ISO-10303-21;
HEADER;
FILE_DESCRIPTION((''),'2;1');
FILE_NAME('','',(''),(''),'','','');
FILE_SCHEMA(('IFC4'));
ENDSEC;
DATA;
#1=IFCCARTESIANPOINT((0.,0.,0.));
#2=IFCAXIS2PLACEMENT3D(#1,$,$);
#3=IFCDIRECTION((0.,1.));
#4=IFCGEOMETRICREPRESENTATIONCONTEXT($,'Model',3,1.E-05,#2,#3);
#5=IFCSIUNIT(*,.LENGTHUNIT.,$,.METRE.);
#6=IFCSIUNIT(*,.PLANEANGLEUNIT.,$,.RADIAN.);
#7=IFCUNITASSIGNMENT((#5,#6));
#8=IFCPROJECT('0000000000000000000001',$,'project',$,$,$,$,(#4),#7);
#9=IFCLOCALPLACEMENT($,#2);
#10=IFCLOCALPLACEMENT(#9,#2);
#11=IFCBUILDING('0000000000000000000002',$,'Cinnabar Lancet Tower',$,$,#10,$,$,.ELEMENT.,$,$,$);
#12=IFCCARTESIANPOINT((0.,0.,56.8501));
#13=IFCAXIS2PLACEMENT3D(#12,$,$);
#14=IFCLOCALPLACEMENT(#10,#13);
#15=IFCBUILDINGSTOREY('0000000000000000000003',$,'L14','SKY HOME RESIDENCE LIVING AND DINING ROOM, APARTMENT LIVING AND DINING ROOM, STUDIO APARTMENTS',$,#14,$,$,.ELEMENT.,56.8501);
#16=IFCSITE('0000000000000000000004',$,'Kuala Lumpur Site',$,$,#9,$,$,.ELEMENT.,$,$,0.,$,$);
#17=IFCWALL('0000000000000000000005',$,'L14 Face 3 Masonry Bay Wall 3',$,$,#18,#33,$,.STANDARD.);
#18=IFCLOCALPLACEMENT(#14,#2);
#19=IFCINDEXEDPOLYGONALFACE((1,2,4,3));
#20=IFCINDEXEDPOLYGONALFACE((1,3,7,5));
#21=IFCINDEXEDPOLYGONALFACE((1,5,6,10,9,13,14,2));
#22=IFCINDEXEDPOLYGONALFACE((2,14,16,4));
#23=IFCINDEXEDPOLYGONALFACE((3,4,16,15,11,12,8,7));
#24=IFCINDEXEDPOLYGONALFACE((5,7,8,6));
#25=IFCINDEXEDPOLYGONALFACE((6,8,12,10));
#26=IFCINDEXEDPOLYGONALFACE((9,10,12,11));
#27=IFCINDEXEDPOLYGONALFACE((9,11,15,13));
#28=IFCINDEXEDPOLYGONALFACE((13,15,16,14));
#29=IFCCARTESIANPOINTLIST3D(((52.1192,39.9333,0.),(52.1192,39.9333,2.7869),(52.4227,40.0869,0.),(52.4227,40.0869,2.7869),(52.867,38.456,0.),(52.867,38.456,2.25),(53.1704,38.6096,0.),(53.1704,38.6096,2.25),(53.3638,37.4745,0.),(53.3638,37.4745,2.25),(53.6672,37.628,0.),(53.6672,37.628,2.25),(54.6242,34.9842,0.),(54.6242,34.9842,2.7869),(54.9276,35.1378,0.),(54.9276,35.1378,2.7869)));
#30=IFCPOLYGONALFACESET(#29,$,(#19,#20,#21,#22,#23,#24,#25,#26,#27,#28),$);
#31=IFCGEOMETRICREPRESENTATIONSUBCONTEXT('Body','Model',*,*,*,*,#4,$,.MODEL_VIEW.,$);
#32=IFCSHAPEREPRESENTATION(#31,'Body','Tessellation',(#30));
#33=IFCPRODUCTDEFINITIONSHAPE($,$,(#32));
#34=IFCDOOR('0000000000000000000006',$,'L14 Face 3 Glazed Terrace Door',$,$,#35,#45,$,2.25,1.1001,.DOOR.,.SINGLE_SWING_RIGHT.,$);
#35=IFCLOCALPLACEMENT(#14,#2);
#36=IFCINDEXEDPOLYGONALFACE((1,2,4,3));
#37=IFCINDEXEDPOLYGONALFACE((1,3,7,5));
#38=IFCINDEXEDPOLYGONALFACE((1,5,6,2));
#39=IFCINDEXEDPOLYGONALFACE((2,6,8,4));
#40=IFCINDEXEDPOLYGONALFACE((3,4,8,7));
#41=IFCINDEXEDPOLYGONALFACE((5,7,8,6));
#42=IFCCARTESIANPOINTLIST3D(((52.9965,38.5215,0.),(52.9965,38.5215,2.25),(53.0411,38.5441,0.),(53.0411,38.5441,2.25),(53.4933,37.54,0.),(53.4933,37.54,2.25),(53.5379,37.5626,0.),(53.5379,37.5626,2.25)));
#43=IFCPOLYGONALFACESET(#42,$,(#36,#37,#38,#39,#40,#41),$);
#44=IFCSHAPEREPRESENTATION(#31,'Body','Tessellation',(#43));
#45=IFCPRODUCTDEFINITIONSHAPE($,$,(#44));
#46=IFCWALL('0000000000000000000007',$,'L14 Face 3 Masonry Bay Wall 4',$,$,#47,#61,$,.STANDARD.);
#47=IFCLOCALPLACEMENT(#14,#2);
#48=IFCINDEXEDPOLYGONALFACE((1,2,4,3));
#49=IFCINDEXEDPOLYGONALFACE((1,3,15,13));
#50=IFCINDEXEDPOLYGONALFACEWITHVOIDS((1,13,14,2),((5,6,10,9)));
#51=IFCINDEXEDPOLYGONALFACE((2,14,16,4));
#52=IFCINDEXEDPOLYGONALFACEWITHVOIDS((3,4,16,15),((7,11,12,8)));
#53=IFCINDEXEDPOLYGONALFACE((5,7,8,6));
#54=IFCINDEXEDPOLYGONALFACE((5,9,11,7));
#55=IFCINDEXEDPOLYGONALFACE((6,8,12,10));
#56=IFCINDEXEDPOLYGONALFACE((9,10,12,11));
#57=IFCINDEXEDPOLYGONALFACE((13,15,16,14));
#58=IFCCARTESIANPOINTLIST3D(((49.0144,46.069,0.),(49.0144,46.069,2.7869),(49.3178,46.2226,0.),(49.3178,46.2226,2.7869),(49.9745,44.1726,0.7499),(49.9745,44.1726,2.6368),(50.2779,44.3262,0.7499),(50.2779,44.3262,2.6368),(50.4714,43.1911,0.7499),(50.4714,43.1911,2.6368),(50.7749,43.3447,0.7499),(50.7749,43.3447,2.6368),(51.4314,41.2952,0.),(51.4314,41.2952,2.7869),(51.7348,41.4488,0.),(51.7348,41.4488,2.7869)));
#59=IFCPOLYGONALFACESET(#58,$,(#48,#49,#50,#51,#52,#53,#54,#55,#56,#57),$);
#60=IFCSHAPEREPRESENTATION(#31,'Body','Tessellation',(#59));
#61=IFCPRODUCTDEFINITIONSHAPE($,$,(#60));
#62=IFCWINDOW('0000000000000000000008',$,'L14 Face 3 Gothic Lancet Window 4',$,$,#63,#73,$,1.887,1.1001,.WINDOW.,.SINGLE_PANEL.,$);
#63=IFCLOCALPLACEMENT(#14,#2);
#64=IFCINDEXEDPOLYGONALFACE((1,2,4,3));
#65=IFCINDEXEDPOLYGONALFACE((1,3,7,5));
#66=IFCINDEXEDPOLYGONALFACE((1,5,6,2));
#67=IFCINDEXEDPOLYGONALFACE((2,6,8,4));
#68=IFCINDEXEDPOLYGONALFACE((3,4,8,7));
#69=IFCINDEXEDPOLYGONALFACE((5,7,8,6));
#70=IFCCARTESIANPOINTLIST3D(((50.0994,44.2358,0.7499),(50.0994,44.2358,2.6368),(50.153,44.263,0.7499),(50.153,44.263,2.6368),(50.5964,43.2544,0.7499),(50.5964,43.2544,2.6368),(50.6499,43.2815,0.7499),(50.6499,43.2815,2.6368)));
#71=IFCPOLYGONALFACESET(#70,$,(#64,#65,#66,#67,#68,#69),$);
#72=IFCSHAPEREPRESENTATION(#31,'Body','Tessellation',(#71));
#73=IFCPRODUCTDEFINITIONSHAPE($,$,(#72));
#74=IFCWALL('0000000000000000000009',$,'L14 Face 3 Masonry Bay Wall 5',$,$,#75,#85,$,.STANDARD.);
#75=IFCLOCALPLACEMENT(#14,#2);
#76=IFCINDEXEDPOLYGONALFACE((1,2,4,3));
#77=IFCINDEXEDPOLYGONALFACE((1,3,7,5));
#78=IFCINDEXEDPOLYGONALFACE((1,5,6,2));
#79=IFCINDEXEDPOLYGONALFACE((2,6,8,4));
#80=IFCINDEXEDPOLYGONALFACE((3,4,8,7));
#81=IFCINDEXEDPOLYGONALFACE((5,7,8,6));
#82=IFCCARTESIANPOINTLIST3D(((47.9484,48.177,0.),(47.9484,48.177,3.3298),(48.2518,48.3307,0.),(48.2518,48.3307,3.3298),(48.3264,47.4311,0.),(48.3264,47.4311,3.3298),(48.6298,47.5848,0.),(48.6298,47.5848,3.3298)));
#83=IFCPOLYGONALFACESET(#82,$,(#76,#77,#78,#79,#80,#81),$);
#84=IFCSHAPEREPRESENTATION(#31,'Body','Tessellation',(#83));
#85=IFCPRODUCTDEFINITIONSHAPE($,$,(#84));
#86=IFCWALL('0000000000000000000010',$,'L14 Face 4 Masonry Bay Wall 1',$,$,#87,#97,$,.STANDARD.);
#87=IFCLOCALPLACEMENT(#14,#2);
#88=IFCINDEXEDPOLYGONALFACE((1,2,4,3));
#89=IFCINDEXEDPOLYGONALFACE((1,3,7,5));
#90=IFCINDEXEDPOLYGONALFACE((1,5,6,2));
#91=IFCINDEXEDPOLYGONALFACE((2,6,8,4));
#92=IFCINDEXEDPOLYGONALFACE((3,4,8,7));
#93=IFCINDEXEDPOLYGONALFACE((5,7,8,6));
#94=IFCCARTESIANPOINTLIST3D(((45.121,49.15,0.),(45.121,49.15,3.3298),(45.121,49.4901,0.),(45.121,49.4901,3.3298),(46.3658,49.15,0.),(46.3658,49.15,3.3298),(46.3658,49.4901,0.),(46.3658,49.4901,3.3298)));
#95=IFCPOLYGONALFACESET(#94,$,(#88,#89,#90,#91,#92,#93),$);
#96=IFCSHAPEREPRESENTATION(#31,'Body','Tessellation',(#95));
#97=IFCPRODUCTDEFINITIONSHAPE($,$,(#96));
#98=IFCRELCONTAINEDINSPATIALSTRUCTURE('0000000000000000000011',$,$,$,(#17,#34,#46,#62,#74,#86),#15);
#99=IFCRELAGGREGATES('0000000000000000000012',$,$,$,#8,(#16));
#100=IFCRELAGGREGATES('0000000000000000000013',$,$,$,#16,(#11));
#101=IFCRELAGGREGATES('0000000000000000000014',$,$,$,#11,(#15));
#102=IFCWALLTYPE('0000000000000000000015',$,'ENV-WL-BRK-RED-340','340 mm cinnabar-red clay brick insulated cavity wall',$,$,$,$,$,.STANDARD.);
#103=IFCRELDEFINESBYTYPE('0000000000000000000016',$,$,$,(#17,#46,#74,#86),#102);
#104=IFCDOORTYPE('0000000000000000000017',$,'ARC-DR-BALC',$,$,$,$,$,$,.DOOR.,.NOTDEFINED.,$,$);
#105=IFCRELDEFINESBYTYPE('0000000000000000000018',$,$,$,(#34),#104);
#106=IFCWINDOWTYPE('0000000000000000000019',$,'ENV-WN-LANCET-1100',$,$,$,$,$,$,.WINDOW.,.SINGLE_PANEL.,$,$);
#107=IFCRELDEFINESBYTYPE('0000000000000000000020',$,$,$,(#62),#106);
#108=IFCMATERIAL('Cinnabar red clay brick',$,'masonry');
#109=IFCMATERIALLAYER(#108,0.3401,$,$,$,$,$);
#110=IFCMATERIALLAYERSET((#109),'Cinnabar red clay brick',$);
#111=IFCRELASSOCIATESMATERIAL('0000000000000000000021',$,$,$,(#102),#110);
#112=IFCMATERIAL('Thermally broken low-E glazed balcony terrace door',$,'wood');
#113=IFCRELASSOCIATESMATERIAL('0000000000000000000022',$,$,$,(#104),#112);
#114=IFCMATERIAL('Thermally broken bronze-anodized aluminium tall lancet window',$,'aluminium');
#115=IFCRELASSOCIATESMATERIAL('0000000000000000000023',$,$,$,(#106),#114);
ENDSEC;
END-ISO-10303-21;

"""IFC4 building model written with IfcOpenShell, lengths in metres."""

from ifc_helpers import new_model, si_unit, direction, frame, frame_2d, origin, place, context, subcontext, project, spatial, rectangle, extrude, material, layer, layer_set, type_object, element, fill, save


model = new_model("IFC4")

# Units and contexts
model_context = context("Model", 3, precision=1e-05, world=origin(), true_north=direction((0.0, 1.0)))
body_context = subcontext(model_context, "Body", "Model", "MODEL_VIEW")
ifc_project = project(units=[si_unit("LENGTHUNIT", "METRE"), si_unit("PLANEANGLEUNIT", "RADIAN")], contexts=[model_context])

# Site, building, storey
site_placement = place(None, origin())
site = spatial("IfcSite", under=ifc_project, at=site_placement, Name="Kuala Lumpur Site", CompositionType="ELEMENT", RefElevation=0.0)
building_placement = place(site_placement, origin())
building = spatial("IfcBuilding", under=site, at=building_placement, Name="Cinnabar Lancet Tower", CompositionType="ELEMENT")
storey_placement = place(building_placement, frame((0.0, 0.0, 56.8501)))
storey = spatial("IfcBuildingStorey", under=building, at=storey_placement, Name="L14", Description="SKY HOME RESIDENCE LIVING AND DINING ROOM, APARTMENT LIVING AND DINING ROOM, STUDIO APARTMENTS", CompositionType="ELEMENT", Elevation=56.8501)

# Shared definitions
ifc_material_1 = material(Name="Cinnabar red clay brick", Category="masonry")
ifc_layer_1 = layer(ifc_material_1, 0.3401)
ifc_layer_set_1 = layer_set([ifc_layer_1], Name="Cinnabar red clay brick")
wall_type_1 = type_object("IfcWallType", Name="ENV-WL-BRK-RED-340", Description="340 mm cinnabar-red clay brick insulated cavity wall", PredefinedType="STANDARD", material=ifc_layer_set_1)

# Wall, opening, door
wall_1_placement = place(storey_placement, frame((54.7759, 35.061, 0.0), z_axis=(0.0, 0.0, 1.0), x_axis=(-0.451592, 0.892225, 0.0)))
wall_1 = element("IfcWall", 1, at=wall_1_placement, inside=storey, type_object=wall_type_1, Name="L14 Face 3 Masonry Bay Wall 3", PredefinedType="STANDARD", context=body_context, shape_type="SweptSolid", body=[
    extrude(rectangle(XDim=5.5469, YDim=0.3401, at=frame_2d((2.7734, 0.0))), origin(), (0.0, 0.0, 1.0), 2.7869),
])
opening_1_placement = place(wall_1_placement, frame((2.791, 0.0, 0.0)))
opening_1 = element("IfcOpeningElement", 2, at=opening_1_placement, cuts=wall_1, PredefinedType="OPENING", context=body_context, shape_type="SweptSolid", body=[
    extrude(rectangle(XDim=1.1001, YDim=2.25, at=frame_2d((0.55, 1.125))), frame((0.0, 0.1799, 0.0), z_axis=(0.0, -1.0, 0.0), x_axis=(1.0, 0.0, 0.0)), (0.0, 0.0, 1.0), 0.3601),
])
ifc_material_2 = material(Name="Thermally broken low-E glazed balcony terrace door", Category="wood")
door_type = type_object("IfcDoorType", Name="ARC-DR-BALC", OperationType="NOTDEFINED", PredefinedType="DOOR", material=ifc_material_2)
door_placement = place(opening_1_placement, origin())
door = element("IfcDoor", 3, at=door_placement, inside=storey, type_object=door_type, Name="L14 Face 3 Glazed Terrace Door", OperationType="SINGLE_SWING_RIGHT", OverallHeight=2.25, OverallWidth=1.1001, PredefinedType="DOOR", context=body_context, shape_type="SweptSolid", body=[
    extrude(rectangle(XDim=1.1001, YDim=2.25, at=frame_2d((0.55, 1.125))), frame((0.0, 0.0249, 0.0), z_axis=(0.0, -1.0, 0.0), x_axis=(1.0, 0.0, 0.0)), (0.0, 0.0, 1.0), 0.05),
])
fill(opening_1, door)

# Wall, opening, window
wall_2_placement = place(storey_placement, frame((51.583, 41.3721, 0.0), z_axis=(0.0, 0.0, 1.0), x_axis=(-0.451698, 0.892171, 0.0)))
wall_2 = element("IfcWall", 4, at=wall_2_placement, inside=storey, type_object=wall_type_1, Name="L14 Face 3 Masonry Bay Wall 4", PredefinedType="STANDARD", context=body_context, shape_type="SweptSolid", body=[
    extrude(rectangle(XDim=5.3508, YDim=0.3401, at=frame_2d((2.6753, 0.0))), origin(), (0.0, 0.0, 1.0), 2.7869),
])
opening_2_placement = place(wall_2_placement, frame((2.125, 0.0, 0.75)))
opening_2 = element("IfcOpeningElement", 5, at=opening_2_placement, cuts=wall_2, PredefinedType="OPENING", context=body_context, shape_type="SweptSolid", body=[
    extrude(rectangle(XDim=1.1001, YDim=1.887, at=frame_2d((0.55, 0.9434))), frame((0.0, 0.1799, 0.0), z_axis=(0.0, -1.0, 0.0), x_axis=(1.0, 0.0, 0.0)), (0.0, 0.0, 1.0), 0.3601),
])
ifc_material_3 = material(Name="Thermally broken bronze-anodized aluminium tall lancet window", Category="aluminium")
window_type = type_object("IfcWindowType", Name="ENV-WN-LANCET-1100", PartitioningType="SINGLE_PANEL", PredefinedType="WINDOW", material=ifc_material_3)
window_placement = place(opening_2_placement, origin())
window = element("IfcWindow", 6, at=window_placement, inside=storey, type_object=window_type, Name="L14 Face 3 Gothic Lancet Window 4", OverallHeight=1.887, OverallWidth=1.1001, PartitioningType="SINGLE_PANEL", PredefinedType="WINDOW", context=body_context, shape_type="SweptSolid", body=[
    extrude(rectangle(XDim=1.1001, YDim=1.887, at=frame_2d((0.55, 0.9434))), frame((0.0, 0.03, 0.0), z_axis=(0.0, -1.0, 0.0), x_axis=(1.0, 0.0, 0.0)), (0.0, 0.0, 1.0), 0.0601),
])
fill(opening_2, window)

# Walls
wall_3_placement = place(storey_placement, frame((48.478, 47.5081, 0.0), z_axis=(0.0, 0.0, 1.0), x_axis=(-0.451996, 0.89202, 0.0)))
element("IfcWall", 7, at=wall_3_placement, inside=storey, type_object=wall_type_1, Name="L14 Face 3 Masonry Bay Wall 5", PredefinedType="STANDARD", context=body_context, shape_type="SweptSolid", body=[
    extrude(rectangle(XDim=0.8362, YDim=0.3401, at=frame_2d((0.418, 0.0))), origin(), (0.0, 0.0, 1.0), 3.3298),
])
wall_4_placement = place(storey_placement, frame((46.366, 49.3201, 0.0), z_axis=(0.0, 0.0, 1.0), x_axis=(-1.0, 0.0, 0.0)))
element("IfcWall", 8, at=wall_4_placement, inside=storey, type_object=wall_type_1, Name="L14 Face 4 Masonry Bay Wall 1", PredefinedType="STANDARD", context=body_context, shape_type="SweptSolid", body=[
    extrude(rectangle(XDim=1.2449, YDim=0.3401, at=frame_2d((0.6226, 0.0))), origin(), (0.0, 0.0, 1.0), 3.3298),
])

save(model, "model.ifc")
